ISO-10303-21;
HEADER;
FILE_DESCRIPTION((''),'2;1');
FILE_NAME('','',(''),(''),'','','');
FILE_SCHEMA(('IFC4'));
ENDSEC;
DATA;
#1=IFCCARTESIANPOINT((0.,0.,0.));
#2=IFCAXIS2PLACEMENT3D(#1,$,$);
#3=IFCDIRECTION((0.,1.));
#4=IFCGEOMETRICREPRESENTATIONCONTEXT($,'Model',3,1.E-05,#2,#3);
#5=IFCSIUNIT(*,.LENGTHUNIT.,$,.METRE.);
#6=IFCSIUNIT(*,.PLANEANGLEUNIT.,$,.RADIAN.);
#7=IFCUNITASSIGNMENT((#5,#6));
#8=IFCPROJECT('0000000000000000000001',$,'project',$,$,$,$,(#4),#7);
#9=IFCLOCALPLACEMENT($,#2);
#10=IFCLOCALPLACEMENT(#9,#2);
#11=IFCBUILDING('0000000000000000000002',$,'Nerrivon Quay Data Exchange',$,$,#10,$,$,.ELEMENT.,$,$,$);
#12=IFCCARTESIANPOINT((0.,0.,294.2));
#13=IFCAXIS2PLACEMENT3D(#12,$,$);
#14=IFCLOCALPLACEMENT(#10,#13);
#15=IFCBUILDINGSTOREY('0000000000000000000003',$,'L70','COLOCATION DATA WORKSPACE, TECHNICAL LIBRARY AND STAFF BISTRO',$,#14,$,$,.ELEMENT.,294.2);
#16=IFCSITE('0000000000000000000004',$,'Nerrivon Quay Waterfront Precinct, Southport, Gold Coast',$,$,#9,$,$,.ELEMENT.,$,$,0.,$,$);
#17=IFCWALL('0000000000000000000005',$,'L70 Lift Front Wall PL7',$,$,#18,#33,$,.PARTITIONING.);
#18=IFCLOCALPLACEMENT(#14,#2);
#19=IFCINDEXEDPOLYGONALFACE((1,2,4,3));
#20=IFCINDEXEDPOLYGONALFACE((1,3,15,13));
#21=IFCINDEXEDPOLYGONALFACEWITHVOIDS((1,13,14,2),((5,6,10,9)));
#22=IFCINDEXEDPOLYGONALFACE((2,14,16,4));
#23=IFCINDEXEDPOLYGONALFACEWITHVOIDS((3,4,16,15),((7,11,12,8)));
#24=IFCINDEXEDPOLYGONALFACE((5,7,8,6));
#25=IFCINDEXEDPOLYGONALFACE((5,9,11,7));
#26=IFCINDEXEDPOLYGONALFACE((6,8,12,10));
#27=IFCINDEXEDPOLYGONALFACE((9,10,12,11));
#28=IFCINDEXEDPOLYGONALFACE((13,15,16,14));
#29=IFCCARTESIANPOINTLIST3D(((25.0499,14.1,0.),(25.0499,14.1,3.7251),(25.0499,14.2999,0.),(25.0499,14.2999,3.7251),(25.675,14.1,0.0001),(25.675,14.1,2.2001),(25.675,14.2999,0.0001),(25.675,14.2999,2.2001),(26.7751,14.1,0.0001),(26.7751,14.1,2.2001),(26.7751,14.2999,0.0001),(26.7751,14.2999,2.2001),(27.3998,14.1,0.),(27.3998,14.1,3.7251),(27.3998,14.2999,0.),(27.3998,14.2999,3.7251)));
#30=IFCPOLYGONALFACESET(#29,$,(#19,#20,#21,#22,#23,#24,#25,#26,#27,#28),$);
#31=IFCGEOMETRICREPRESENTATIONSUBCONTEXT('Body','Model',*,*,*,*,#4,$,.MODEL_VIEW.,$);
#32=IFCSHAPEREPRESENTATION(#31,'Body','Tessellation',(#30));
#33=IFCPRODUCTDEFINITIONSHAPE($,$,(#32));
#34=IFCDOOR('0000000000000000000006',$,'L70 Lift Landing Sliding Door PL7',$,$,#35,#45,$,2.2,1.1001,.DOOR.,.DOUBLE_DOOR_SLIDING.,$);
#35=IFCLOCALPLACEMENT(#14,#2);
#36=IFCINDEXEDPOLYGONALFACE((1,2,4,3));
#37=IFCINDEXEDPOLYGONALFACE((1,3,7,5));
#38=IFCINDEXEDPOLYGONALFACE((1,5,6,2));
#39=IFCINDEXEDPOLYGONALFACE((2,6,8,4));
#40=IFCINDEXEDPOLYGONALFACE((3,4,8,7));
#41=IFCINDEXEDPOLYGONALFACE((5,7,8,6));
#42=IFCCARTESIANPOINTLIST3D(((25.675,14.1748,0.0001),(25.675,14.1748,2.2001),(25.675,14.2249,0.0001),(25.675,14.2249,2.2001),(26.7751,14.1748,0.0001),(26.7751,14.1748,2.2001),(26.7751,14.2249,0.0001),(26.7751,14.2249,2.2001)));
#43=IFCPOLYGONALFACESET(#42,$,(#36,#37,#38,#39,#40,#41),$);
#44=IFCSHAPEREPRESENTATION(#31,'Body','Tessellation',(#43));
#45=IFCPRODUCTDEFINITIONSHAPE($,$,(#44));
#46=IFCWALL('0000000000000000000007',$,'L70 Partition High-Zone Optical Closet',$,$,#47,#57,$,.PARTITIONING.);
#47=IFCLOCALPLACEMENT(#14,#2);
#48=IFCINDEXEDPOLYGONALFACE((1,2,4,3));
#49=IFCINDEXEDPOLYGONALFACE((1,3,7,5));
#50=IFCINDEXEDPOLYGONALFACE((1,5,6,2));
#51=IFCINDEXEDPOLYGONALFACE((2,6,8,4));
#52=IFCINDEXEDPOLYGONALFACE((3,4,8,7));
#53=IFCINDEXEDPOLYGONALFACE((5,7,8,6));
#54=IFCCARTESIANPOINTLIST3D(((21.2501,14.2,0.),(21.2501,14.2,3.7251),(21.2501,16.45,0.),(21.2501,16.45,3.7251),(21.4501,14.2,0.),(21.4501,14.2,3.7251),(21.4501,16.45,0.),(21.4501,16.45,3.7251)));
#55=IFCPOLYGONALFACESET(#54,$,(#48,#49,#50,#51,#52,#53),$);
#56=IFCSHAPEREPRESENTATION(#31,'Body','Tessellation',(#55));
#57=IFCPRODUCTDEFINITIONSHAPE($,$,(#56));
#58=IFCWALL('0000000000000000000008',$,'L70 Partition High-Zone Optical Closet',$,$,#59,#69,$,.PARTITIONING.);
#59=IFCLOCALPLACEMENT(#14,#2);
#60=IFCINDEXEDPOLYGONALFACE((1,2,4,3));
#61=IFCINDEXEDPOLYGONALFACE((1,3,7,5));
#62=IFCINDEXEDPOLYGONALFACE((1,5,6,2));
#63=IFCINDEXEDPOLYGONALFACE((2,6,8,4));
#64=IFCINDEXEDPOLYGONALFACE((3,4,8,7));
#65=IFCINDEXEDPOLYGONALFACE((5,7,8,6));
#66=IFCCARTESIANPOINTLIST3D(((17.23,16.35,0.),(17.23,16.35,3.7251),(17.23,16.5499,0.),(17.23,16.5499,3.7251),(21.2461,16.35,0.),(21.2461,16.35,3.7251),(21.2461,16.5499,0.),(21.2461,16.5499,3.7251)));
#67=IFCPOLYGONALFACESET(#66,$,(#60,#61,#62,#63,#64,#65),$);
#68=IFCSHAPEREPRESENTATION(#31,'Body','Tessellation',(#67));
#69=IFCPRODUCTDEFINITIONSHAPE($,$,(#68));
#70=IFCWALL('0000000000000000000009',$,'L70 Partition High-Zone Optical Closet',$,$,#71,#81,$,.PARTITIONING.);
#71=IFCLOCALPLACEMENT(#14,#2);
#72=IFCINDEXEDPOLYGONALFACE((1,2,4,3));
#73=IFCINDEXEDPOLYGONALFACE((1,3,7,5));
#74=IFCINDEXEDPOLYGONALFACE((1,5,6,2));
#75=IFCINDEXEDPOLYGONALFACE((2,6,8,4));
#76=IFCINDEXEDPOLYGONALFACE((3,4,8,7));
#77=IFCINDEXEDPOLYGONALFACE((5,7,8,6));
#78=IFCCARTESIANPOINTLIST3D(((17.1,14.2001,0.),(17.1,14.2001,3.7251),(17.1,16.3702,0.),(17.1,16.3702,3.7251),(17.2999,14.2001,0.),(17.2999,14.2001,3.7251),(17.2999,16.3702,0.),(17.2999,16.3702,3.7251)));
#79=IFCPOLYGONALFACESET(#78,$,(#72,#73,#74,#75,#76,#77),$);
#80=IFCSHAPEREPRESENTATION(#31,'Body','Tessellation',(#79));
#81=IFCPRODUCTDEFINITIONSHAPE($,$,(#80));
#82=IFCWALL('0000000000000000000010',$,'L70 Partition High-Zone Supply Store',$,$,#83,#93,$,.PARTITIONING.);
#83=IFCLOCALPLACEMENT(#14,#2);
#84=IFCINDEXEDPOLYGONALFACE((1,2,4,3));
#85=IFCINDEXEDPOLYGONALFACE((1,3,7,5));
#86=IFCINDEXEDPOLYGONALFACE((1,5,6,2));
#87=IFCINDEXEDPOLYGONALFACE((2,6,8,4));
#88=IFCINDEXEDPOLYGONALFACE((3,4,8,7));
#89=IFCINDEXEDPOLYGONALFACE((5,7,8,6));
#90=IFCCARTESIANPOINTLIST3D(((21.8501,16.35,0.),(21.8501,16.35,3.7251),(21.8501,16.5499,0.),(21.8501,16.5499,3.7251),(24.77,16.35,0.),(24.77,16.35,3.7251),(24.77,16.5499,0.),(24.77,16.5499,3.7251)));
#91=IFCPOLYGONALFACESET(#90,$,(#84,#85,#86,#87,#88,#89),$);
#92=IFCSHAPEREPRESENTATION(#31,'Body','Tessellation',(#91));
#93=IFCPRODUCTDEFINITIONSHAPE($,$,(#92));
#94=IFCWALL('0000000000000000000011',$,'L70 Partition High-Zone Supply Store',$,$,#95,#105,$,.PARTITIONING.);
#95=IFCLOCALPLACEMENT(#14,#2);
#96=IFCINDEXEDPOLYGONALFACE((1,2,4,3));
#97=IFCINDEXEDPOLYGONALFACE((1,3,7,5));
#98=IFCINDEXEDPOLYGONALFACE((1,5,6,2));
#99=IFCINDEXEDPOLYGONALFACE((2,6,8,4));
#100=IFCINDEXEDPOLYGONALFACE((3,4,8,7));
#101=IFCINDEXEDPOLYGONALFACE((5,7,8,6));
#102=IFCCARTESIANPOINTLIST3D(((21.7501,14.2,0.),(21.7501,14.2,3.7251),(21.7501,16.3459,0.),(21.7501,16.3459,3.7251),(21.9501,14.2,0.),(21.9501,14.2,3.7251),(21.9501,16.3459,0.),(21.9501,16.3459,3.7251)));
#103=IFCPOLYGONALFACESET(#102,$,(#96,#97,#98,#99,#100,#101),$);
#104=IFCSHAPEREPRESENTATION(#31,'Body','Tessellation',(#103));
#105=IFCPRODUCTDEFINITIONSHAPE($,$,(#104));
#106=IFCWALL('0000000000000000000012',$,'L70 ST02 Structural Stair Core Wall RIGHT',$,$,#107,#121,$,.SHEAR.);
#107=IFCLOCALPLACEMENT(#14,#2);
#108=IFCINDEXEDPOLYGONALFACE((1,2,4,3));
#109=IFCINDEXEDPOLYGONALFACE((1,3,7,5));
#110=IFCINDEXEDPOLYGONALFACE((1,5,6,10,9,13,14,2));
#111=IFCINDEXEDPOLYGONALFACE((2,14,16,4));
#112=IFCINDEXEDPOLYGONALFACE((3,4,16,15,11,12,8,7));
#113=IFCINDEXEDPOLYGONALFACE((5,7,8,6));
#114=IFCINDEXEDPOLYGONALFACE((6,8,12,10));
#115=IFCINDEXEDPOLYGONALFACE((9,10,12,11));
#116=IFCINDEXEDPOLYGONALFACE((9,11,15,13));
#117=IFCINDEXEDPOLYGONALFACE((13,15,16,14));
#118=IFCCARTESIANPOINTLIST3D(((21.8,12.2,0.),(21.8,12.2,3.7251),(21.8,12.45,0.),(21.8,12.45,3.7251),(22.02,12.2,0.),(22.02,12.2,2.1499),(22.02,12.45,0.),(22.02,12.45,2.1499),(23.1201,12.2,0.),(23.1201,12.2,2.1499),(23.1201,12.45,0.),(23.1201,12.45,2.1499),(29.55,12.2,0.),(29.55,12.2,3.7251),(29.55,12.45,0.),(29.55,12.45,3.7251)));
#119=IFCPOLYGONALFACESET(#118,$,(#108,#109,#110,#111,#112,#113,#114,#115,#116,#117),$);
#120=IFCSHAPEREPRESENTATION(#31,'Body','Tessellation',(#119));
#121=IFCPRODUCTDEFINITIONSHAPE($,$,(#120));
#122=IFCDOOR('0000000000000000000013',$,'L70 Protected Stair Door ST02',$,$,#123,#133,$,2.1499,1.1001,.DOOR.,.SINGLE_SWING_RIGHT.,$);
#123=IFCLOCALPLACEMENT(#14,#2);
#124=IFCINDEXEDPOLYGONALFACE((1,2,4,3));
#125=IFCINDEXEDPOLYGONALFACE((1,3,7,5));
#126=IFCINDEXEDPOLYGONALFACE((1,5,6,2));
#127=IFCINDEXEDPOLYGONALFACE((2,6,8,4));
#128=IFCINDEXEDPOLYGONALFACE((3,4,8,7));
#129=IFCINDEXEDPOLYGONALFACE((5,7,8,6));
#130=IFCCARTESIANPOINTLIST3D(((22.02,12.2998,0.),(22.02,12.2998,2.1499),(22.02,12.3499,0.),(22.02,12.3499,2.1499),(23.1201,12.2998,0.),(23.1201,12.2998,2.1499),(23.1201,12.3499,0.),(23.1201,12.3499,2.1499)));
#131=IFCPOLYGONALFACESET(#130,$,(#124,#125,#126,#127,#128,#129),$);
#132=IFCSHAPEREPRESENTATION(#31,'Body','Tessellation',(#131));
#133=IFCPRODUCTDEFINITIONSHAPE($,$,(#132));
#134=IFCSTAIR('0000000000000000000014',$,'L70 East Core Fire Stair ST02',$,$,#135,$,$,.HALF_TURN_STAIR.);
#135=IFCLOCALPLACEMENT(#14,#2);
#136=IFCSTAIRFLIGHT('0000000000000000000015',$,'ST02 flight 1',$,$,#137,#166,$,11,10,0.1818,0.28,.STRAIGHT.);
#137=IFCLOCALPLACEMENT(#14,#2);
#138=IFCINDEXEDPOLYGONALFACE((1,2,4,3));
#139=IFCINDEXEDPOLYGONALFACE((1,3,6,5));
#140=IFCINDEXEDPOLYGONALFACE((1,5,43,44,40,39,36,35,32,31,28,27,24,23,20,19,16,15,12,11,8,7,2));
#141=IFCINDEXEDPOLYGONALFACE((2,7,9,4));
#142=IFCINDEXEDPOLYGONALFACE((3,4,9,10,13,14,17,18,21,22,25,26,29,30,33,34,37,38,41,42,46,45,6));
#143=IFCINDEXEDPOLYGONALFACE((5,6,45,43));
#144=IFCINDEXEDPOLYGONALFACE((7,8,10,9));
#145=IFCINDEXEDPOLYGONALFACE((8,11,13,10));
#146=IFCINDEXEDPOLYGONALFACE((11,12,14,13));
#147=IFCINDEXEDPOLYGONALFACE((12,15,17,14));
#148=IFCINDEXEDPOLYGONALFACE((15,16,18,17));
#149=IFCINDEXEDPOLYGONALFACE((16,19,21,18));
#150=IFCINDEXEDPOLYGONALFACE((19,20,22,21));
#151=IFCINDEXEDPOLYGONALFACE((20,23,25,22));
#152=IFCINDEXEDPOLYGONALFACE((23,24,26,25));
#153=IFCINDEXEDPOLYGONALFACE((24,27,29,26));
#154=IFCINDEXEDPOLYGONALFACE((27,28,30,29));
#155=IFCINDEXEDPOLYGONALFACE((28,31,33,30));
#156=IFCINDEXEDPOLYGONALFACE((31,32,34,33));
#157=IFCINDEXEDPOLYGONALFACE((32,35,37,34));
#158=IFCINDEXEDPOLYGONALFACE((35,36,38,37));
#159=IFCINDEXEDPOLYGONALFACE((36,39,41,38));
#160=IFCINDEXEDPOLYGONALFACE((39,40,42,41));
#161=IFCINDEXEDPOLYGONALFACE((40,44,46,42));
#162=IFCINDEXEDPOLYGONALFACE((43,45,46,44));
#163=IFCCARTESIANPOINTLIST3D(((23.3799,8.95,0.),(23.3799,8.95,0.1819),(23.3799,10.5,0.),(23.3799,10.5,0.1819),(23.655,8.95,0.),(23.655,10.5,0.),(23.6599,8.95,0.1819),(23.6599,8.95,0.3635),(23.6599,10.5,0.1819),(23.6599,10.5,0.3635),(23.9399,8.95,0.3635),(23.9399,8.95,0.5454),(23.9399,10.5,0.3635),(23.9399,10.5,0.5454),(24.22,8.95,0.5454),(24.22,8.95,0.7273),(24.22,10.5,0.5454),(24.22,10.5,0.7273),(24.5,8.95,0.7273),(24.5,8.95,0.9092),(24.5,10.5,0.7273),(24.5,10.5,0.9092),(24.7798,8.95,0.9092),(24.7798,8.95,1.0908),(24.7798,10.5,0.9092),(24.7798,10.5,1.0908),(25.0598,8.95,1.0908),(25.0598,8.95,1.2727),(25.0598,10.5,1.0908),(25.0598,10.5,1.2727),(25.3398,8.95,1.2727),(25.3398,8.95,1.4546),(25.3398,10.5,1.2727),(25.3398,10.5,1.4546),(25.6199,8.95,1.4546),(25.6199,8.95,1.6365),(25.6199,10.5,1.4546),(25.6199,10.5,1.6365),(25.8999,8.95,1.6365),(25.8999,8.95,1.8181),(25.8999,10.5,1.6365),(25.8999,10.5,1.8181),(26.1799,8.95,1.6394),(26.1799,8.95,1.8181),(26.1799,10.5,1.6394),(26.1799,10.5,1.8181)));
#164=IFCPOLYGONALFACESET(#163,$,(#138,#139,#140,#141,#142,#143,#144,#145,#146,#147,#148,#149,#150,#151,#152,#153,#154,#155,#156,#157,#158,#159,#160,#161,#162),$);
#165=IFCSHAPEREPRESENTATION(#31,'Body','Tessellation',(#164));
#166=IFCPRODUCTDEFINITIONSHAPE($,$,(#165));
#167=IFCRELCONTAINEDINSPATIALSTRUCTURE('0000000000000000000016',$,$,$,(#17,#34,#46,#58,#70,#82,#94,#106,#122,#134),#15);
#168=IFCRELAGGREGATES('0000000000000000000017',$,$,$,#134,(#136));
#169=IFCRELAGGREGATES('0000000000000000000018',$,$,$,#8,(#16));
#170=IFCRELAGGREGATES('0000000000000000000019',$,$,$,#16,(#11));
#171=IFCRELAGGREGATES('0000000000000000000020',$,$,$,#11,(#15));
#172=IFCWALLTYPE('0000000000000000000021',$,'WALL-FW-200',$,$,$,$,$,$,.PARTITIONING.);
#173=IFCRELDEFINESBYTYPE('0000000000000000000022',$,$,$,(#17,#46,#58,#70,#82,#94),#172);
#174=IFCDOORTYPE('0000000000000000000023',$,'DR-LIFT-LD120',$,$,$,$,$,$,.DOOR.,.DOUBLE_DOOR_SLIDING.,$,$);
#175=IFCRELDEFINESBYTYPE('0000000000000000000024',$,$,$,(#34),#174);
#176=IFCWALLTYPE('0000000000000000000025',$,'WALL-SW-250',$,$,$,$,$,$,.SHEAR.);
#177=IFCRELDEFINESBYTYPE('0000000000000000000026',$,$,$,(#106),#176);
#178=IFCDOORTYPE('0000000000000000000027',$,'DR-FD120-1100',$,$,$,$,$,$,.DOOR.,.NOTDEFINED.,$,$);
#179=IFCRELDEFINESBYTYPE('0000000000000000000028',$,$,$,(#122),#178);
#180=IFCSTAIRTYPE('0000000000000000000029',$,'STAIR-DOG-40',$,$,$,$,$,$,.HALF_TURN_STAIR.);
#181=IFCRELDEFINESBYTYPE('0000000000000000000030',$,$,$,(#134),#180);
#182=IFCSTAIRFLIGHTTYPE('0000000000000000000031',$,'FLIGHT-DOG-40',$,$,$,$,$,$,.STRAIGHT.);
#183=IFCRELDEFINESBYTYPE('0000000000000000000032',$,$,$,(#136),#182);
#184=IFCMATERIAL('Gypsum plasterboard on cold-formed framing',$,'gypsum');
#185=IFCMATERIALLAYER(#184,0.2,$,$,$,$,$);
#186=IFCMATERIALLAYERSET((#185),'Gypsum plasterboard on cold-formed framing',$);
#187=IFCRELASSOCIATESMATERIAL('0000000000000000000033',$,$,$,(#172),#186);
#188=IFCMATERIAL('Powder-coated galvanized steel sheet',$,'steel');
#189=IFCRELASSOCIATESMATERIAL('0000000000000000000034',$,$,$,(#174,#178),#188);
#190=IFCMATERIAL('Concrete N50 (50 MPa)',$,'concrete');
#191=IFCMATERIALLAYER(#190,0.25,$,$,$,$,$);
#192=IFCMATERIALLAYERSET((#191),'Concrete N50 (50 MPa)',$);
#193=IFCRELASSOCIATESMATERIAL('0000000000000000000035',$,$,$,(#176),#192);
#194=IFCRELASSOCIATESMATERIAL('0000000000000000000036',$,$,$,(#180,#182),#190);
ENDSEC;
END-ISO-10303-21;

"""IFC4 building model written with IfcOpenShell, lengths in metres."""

from ifc_helpers import new_model, si_unit, direction, frame, frame_2d, origin, place, context, subcontext, project, spatial, polyline, rectangle, outline, extrude, material, layer, layer_set, type_object, element, fill, aggregate, save


model = new_model("IFC4")

# Units and contexts
model_context = context("Model", 3, precision=1e-05, world=origin(), true_north=direction((0.0, 1.0)))
body_context = subcontext(model_context, "Body", "Model", "MODEL_VIEW")
ifc_project = project(units=[si_unit("LENGTHUNIT", "METRE"), si_unit("PLANEANGLEUNIT", "RADIAN")], contexts=[model_context])

# Site, building, storey
site_placement = place(None, origin())
site = spatial("IfcSite", under=ifc_project, at=site_placement, Name="Nerrivon Quay Waterfront Precinct, Southport, Gold Coast", CompositionType="ELEMENT", RefElevation=0.0)
building_placement = place(site_placement, origin())
building = spatial("IfcBuilding", under=site, at=building_placement, Name="Nerrivon Quay Data Exchange", CompositionType="ELEMENT")
storey_placement = place(building_placement, frame((0.0, 0.0, 294.2)))
storey = spatial("IfcBuildingStorey", under=building, at=storey_placement, Name="L70", Description="COLOCATION DATA WORKSPACE, TECHNICAL LIBRARY AND STAFF BISTRO", CompositionType="ELEMENT", Elevation=294.2)

# Shared definitions
ifc_material_1 = material(Name="Concrete N50 (50 MPa)", Category="concrete")

# Shared definitions
ifc_material_2 = material(Name="Gypsum plasterboard on cold-formed framing", Category="gypsum")
ifc_layer_1 = layer(ifc_material_2, 0.2)
ifc_layer_set_1 = layer_set([ifc_layer_1], Name="Gypsum plasterboard on cold-formed framing")
wall_type_1 = type_object("IfcWallType", Name="WALL-FW-200", PredefinedType="PARTITIONING", material=ifc_layer_set_1)

# Wall, opening, door
ifc_material_3 = material(Name="Powder-coated galvanized steel sheet", Category="steel")
door_type_1 = type_object("IfcDoorType", Name="DR-LIFT-LD120", OperationType="DOUBLE_DOOR_SLIDING", PredefinedType="DOOR", material=ifc_material_3)
wall_1_placement = place(storey_placement, frame((25.05, 14.2, 0.0), z_axis=(0.0, 0.0, 1.0), x_axis=(1.0, 0.0, 0.0)))
wall_1 = element("IfcWall", 1, at=wall_1_placement, inside=storey, type_object=wall_type_1, Name="L70 Lift Front Wall PL7", PredefinedType="PARTITIONING", context=body_context, shape_type="SweptSolid", body=[
    extrude(rectangle(XDim=2.3499, YDim=0.2, at=frame_2d((1.1748, 0.0))), origin(), (0.0, 0.0, 1.0), 3.7251),
])
opening_1_placement = place(wall_1_placement, frame((0.625, 0.0, 0.0)))
opening_1 = element("IfcOpeningElement", 2, at=opening_1_placement, cuts=wall_1, PredefinedType="OPENING", context=body_context, shape_type="SweptSolid", body=[
    extrude(rectangle(XDim=1.1001, YDim=2.2, at=frame_2d((0.55, 1.1001))), frame((0.0, 0.1099, 0.0), z_axis=(0.0, -1.0, 0.0), x_axis=(1.0, 0.0, 0.0)), (0.0, 0.0, 1.0), 0.22),
])
door_1_placement = place(opening_1_placement, origin())
door_1 = element("IfcDoor", 3, at=door_1_placement, inside=storey, type_object=door_type_1, Name="L70 Lift Landing Sliding Door PL7", OperationType="DOUBLE_DOOR_SLIDING", OverallHeight=2.2, OverallWidth=1.1001, PredefinedType="DOOR", context=body_context, shape_type="SweptSolid", body=[
    extrude(rectangle(XDim=1.1001, YDim=2.2, at=frame_2d((0.55, 1.1001))), frame((0.0, 0.0249, 0.0), z_axis=(0.0, -1.0, 0.0), x_axis=(1.0, 0.0, 0.0)), (0.0, 0.0, 1.0), 0.05),
])
fill(opening_1, door_1)

# Walls
wall_2_placement = place(storey_placement, frame((21.3501, 14.2, 0.0), z_axis=(0.0, 0.0, 1.0), x_axis=(0.0, 1.0, 0.0)))
element("IfcWall", 4, at=wall_2_placement, inside=storey, type_object=wall_type_1, Name="L70 Partition High-Zone Optical Closet", PredefinedType="PARTITIONING", context=body_context, shape_type="SweptSolid", body=[
    extrude(rectangle(XDim=2.25, YDim=0.2, at=frame_2d((1.125, 0.0))), origin(), (0.0, 0.0, 1.0), 3.7251),
])
wall_3_placement = place(storey_placement, frame((21.2461, 16.45, 0.0), z_axis=(0.0, 0.0, 1.0), x_axis=(-1.0, 0.0, 0.0)))
element("IfcWall", 5, at=wall_3_placement, inside=storey, type_object=wall_type_1, Name="L70 Partition High-Zone Optical Closet", PredefinedType="PARTITIONING", context=body_context, shape_type="SweptSolid", body=[
    extrude(rectangle(XDim=4.0161, YDim=0.2, at=frame_2d((2.0081, 0.0))), origin(), (0.0, 0.0, 1.0), 3.7251),
])
wall_4_placement = place(storey_placement, frame((17.2, 16.3701, 0.0), z_axis=(0.0, 0.0, 1.0), x_axis=(0.0, -1.0, 0.0)))
element("IfcWall", 6, at=wall_4_placement, inside=storey, type_object=wall_type_1, Name="L70 Partition High-Zone Optical Closet", PredefinedType="PARTITIONING", context=body_context, shape_type="SweptSolid", body=[
    extrude(rectangle(XDim=2.1702, YDim=0.2, at=frame_2d((1.085, 0.0))), origin(), (0.0, 0.0, 1.0), 3.7251),
])

# Walls
wall_5_placement = place(storey_placement, frame((24.77, 16.45, 0.0), z_axis=(0.0, 0.0, 1.0), x_axis=(-1.0, 0.0, 0.0)))
element("IfcWall", 7, at=wall_5_placement, inside=storey, type_object=wall_type_1, Name="L70 Partition High-Zone Supply Store", PredefinedType="PARTITIONING", context=body_context, shape_type="SweptSolid", body=[
    extrude(rectangle(XDim=2.9199, YDim=0.2, at=frame_2d((1.46, 0.0))), origin(), (0.0, 0.0, 1.0), 3.7251),
])
wall_6_placement = place(storey_placement, frame((21.8501, 16.3459, 0.0), z_axis=(0.0, 0.0, 1.0), x_axis=(0.0, -1.0, 0.0)))
element("IfcWall", 8, at=wall_6_placement, inside=storey, type_object=wall_type_1, Name="L70 Partition High-Zone Supply Store", PredefinedType="PARTITIONING", context=body_context, shape_type="SweptSolid", body=[
    extrude(rectangle(XDim=2.146, YDim=0.2, at=frame_2d((1.073, 0.0))), origin(), (0.0, 0.0, 1.0), 3.7251),
])

# Wall, opening, door
ifc_layer_2 = layer(ifc_material_1, 0.25)
ifc_layer_set_2 = layer_set([ifc_layer_2], Name="Concrete N50 (50 MPa)")
wall_type_2 = type_object("IfcWallType", Name="WALL-SW-250", PredefinedType="SHEAR", material=ifc_layer_set_2)
wall_7_placement = place(storey_placement, frame((21.8, 12.325, 0.0), z_axis=(0.0, 0.0, 1.0), x_axis=(1.0, 0.0, 0.0)))
wall_7 = element("IfcWall", 9, at=wall_7_placement, inside=storey, type_object=wall_type_2, Name="L70 ST02 Structural Stair Core Wall RIGHT", PredefinedType="SHEAR", context=body_context, shape_type="SweptSolid", body=[
    extrude(rectangle(XDim=7.75, YDim=0.25, at=frame_2d((3.875, 0.0))), origin(), (0.0, 0.0, 1.0), 3.7251),
])
opening_2_placement = place(wall_7_placement, frame((0.22, 0.0, 0.0)))
opening_2 = element("IfcOpeningElement", 10, at=opening_2_placement, cuts=wall_7, PredefinedType="OPENING", context=body_context, shape_type="SweptSolid", body=[
    extrude(rectangle(XDim=1.1001, YDim=2.1499, at=frame_2d((0.55, 1.075))), frame((0.0, 0.135, 0.0), z_axis=(0.0, -1.0, 0.0), x_axis=(1.0, 0.0, 0.0)), (0.0, 0.0, 1.0), 0.27),
])
door_type_2 = type_object("IfcDoorType", Name="DR-FD120-1100", OperationType="NOTDEFINED", PredefinedType="DOOR", material=ifc_material_3)
door_2_placement = place(opening_2_placement, origin())
door_2 = element("IfcDoor", 11, at=door_2_placement, inside=storey, type_object=door_type_2, Name="L70 Protected Stair Door ST02", OperationType="SINGLE_SWING_RIGHT", OverallHeight=2.1499, OverallWidth=1.1001, PredefinedType="DOOR", context=body_context, shape_type="SweptSolid", body=[
    extrude(rectangle(XDim=1.1001, YDim=2.1499, at=frame_2d((0.55, 1.075))), frame((0.0, 0.0249, 0.0), z_axis=(0.0, -1.0, 0.0), x_axis=(1.0, 0.0, 0.0)), (0.0, 0.0, 1.0), 0.05),
])
fill(opening_2, door_2)

# Stair, stair flight
stair_type = type_object("IfcStairType", Name="STAIR-DOG-40", PredefinedType="HALF_TURN_STAIR", material=ifc_material_1)
stair_placement = place(storey_placement, origin())
stair = element("IfcStair", 12, at=stair_placement, inside=storey, type_object=stair_type, Name="L70 East Core Fire Stair ST02", PredefinedType="HALF_TURN_STAIR")
stair_flight_type = type_object("IfcStairFlightType", Name="FLIGHT-DOG-40", PredefinedType="STRAIGHT", material=ifc_material_1)
stair_flight_placement = place(storey_placement, frame((23.3799, 9.7251, 0.0), z_axis=(0.0, 0.0, 1.0), x_axis=(1.0, 0.0, 0.0)))
stair_flight = element("IfcStairFlight", 13, at=stair_flight_placement, type_object=stair_flight_type, Name="ST02 flight 1", NumberOfRisers=11, NumberOfTreads=10, PredefinedType="STRAIGHT", RiserHeight=0.1818, TreadLength=0.28, context=body_context, shape_type="SweptSolid", body=[
    extrude(outline(polyline([(0.0, 0.0), (0.0, 0.1819), (0.28, 0.1819), (0.28, 0.3635), (0.5601, 0.3635), (0.5601, 0.5454), (0.8401, 0.5454), (0.8401, 0.7273), (1.1201, 0.7273), (1.1201, 0.9092), (1.3999, 0.9092), (1.3999, 1.0908), (1.6799, 1.0908), (1.6799, 1.2727), (1.96, 1.2727), (1.96, 1.4546), (2.24, 1.4546), (2.24, 1.6365), (2.52, 1.6365), (2.52, 1.8181), (2.8, 1.8181), (2.8, 2.0), (2.8, 1.6394), (0.2751, 0.0), (0.0, 0.0)])), frame((0.0, 0.7749, 0.0), z_axis=(0.0, -1.0, 0.0), x_axis=(1.0, 0.0, 0.0)), (0.0, 0.0, 1.0), 1.55),
])
aggregate(stair, [stair_flight])

save(model, "model.ifc")
